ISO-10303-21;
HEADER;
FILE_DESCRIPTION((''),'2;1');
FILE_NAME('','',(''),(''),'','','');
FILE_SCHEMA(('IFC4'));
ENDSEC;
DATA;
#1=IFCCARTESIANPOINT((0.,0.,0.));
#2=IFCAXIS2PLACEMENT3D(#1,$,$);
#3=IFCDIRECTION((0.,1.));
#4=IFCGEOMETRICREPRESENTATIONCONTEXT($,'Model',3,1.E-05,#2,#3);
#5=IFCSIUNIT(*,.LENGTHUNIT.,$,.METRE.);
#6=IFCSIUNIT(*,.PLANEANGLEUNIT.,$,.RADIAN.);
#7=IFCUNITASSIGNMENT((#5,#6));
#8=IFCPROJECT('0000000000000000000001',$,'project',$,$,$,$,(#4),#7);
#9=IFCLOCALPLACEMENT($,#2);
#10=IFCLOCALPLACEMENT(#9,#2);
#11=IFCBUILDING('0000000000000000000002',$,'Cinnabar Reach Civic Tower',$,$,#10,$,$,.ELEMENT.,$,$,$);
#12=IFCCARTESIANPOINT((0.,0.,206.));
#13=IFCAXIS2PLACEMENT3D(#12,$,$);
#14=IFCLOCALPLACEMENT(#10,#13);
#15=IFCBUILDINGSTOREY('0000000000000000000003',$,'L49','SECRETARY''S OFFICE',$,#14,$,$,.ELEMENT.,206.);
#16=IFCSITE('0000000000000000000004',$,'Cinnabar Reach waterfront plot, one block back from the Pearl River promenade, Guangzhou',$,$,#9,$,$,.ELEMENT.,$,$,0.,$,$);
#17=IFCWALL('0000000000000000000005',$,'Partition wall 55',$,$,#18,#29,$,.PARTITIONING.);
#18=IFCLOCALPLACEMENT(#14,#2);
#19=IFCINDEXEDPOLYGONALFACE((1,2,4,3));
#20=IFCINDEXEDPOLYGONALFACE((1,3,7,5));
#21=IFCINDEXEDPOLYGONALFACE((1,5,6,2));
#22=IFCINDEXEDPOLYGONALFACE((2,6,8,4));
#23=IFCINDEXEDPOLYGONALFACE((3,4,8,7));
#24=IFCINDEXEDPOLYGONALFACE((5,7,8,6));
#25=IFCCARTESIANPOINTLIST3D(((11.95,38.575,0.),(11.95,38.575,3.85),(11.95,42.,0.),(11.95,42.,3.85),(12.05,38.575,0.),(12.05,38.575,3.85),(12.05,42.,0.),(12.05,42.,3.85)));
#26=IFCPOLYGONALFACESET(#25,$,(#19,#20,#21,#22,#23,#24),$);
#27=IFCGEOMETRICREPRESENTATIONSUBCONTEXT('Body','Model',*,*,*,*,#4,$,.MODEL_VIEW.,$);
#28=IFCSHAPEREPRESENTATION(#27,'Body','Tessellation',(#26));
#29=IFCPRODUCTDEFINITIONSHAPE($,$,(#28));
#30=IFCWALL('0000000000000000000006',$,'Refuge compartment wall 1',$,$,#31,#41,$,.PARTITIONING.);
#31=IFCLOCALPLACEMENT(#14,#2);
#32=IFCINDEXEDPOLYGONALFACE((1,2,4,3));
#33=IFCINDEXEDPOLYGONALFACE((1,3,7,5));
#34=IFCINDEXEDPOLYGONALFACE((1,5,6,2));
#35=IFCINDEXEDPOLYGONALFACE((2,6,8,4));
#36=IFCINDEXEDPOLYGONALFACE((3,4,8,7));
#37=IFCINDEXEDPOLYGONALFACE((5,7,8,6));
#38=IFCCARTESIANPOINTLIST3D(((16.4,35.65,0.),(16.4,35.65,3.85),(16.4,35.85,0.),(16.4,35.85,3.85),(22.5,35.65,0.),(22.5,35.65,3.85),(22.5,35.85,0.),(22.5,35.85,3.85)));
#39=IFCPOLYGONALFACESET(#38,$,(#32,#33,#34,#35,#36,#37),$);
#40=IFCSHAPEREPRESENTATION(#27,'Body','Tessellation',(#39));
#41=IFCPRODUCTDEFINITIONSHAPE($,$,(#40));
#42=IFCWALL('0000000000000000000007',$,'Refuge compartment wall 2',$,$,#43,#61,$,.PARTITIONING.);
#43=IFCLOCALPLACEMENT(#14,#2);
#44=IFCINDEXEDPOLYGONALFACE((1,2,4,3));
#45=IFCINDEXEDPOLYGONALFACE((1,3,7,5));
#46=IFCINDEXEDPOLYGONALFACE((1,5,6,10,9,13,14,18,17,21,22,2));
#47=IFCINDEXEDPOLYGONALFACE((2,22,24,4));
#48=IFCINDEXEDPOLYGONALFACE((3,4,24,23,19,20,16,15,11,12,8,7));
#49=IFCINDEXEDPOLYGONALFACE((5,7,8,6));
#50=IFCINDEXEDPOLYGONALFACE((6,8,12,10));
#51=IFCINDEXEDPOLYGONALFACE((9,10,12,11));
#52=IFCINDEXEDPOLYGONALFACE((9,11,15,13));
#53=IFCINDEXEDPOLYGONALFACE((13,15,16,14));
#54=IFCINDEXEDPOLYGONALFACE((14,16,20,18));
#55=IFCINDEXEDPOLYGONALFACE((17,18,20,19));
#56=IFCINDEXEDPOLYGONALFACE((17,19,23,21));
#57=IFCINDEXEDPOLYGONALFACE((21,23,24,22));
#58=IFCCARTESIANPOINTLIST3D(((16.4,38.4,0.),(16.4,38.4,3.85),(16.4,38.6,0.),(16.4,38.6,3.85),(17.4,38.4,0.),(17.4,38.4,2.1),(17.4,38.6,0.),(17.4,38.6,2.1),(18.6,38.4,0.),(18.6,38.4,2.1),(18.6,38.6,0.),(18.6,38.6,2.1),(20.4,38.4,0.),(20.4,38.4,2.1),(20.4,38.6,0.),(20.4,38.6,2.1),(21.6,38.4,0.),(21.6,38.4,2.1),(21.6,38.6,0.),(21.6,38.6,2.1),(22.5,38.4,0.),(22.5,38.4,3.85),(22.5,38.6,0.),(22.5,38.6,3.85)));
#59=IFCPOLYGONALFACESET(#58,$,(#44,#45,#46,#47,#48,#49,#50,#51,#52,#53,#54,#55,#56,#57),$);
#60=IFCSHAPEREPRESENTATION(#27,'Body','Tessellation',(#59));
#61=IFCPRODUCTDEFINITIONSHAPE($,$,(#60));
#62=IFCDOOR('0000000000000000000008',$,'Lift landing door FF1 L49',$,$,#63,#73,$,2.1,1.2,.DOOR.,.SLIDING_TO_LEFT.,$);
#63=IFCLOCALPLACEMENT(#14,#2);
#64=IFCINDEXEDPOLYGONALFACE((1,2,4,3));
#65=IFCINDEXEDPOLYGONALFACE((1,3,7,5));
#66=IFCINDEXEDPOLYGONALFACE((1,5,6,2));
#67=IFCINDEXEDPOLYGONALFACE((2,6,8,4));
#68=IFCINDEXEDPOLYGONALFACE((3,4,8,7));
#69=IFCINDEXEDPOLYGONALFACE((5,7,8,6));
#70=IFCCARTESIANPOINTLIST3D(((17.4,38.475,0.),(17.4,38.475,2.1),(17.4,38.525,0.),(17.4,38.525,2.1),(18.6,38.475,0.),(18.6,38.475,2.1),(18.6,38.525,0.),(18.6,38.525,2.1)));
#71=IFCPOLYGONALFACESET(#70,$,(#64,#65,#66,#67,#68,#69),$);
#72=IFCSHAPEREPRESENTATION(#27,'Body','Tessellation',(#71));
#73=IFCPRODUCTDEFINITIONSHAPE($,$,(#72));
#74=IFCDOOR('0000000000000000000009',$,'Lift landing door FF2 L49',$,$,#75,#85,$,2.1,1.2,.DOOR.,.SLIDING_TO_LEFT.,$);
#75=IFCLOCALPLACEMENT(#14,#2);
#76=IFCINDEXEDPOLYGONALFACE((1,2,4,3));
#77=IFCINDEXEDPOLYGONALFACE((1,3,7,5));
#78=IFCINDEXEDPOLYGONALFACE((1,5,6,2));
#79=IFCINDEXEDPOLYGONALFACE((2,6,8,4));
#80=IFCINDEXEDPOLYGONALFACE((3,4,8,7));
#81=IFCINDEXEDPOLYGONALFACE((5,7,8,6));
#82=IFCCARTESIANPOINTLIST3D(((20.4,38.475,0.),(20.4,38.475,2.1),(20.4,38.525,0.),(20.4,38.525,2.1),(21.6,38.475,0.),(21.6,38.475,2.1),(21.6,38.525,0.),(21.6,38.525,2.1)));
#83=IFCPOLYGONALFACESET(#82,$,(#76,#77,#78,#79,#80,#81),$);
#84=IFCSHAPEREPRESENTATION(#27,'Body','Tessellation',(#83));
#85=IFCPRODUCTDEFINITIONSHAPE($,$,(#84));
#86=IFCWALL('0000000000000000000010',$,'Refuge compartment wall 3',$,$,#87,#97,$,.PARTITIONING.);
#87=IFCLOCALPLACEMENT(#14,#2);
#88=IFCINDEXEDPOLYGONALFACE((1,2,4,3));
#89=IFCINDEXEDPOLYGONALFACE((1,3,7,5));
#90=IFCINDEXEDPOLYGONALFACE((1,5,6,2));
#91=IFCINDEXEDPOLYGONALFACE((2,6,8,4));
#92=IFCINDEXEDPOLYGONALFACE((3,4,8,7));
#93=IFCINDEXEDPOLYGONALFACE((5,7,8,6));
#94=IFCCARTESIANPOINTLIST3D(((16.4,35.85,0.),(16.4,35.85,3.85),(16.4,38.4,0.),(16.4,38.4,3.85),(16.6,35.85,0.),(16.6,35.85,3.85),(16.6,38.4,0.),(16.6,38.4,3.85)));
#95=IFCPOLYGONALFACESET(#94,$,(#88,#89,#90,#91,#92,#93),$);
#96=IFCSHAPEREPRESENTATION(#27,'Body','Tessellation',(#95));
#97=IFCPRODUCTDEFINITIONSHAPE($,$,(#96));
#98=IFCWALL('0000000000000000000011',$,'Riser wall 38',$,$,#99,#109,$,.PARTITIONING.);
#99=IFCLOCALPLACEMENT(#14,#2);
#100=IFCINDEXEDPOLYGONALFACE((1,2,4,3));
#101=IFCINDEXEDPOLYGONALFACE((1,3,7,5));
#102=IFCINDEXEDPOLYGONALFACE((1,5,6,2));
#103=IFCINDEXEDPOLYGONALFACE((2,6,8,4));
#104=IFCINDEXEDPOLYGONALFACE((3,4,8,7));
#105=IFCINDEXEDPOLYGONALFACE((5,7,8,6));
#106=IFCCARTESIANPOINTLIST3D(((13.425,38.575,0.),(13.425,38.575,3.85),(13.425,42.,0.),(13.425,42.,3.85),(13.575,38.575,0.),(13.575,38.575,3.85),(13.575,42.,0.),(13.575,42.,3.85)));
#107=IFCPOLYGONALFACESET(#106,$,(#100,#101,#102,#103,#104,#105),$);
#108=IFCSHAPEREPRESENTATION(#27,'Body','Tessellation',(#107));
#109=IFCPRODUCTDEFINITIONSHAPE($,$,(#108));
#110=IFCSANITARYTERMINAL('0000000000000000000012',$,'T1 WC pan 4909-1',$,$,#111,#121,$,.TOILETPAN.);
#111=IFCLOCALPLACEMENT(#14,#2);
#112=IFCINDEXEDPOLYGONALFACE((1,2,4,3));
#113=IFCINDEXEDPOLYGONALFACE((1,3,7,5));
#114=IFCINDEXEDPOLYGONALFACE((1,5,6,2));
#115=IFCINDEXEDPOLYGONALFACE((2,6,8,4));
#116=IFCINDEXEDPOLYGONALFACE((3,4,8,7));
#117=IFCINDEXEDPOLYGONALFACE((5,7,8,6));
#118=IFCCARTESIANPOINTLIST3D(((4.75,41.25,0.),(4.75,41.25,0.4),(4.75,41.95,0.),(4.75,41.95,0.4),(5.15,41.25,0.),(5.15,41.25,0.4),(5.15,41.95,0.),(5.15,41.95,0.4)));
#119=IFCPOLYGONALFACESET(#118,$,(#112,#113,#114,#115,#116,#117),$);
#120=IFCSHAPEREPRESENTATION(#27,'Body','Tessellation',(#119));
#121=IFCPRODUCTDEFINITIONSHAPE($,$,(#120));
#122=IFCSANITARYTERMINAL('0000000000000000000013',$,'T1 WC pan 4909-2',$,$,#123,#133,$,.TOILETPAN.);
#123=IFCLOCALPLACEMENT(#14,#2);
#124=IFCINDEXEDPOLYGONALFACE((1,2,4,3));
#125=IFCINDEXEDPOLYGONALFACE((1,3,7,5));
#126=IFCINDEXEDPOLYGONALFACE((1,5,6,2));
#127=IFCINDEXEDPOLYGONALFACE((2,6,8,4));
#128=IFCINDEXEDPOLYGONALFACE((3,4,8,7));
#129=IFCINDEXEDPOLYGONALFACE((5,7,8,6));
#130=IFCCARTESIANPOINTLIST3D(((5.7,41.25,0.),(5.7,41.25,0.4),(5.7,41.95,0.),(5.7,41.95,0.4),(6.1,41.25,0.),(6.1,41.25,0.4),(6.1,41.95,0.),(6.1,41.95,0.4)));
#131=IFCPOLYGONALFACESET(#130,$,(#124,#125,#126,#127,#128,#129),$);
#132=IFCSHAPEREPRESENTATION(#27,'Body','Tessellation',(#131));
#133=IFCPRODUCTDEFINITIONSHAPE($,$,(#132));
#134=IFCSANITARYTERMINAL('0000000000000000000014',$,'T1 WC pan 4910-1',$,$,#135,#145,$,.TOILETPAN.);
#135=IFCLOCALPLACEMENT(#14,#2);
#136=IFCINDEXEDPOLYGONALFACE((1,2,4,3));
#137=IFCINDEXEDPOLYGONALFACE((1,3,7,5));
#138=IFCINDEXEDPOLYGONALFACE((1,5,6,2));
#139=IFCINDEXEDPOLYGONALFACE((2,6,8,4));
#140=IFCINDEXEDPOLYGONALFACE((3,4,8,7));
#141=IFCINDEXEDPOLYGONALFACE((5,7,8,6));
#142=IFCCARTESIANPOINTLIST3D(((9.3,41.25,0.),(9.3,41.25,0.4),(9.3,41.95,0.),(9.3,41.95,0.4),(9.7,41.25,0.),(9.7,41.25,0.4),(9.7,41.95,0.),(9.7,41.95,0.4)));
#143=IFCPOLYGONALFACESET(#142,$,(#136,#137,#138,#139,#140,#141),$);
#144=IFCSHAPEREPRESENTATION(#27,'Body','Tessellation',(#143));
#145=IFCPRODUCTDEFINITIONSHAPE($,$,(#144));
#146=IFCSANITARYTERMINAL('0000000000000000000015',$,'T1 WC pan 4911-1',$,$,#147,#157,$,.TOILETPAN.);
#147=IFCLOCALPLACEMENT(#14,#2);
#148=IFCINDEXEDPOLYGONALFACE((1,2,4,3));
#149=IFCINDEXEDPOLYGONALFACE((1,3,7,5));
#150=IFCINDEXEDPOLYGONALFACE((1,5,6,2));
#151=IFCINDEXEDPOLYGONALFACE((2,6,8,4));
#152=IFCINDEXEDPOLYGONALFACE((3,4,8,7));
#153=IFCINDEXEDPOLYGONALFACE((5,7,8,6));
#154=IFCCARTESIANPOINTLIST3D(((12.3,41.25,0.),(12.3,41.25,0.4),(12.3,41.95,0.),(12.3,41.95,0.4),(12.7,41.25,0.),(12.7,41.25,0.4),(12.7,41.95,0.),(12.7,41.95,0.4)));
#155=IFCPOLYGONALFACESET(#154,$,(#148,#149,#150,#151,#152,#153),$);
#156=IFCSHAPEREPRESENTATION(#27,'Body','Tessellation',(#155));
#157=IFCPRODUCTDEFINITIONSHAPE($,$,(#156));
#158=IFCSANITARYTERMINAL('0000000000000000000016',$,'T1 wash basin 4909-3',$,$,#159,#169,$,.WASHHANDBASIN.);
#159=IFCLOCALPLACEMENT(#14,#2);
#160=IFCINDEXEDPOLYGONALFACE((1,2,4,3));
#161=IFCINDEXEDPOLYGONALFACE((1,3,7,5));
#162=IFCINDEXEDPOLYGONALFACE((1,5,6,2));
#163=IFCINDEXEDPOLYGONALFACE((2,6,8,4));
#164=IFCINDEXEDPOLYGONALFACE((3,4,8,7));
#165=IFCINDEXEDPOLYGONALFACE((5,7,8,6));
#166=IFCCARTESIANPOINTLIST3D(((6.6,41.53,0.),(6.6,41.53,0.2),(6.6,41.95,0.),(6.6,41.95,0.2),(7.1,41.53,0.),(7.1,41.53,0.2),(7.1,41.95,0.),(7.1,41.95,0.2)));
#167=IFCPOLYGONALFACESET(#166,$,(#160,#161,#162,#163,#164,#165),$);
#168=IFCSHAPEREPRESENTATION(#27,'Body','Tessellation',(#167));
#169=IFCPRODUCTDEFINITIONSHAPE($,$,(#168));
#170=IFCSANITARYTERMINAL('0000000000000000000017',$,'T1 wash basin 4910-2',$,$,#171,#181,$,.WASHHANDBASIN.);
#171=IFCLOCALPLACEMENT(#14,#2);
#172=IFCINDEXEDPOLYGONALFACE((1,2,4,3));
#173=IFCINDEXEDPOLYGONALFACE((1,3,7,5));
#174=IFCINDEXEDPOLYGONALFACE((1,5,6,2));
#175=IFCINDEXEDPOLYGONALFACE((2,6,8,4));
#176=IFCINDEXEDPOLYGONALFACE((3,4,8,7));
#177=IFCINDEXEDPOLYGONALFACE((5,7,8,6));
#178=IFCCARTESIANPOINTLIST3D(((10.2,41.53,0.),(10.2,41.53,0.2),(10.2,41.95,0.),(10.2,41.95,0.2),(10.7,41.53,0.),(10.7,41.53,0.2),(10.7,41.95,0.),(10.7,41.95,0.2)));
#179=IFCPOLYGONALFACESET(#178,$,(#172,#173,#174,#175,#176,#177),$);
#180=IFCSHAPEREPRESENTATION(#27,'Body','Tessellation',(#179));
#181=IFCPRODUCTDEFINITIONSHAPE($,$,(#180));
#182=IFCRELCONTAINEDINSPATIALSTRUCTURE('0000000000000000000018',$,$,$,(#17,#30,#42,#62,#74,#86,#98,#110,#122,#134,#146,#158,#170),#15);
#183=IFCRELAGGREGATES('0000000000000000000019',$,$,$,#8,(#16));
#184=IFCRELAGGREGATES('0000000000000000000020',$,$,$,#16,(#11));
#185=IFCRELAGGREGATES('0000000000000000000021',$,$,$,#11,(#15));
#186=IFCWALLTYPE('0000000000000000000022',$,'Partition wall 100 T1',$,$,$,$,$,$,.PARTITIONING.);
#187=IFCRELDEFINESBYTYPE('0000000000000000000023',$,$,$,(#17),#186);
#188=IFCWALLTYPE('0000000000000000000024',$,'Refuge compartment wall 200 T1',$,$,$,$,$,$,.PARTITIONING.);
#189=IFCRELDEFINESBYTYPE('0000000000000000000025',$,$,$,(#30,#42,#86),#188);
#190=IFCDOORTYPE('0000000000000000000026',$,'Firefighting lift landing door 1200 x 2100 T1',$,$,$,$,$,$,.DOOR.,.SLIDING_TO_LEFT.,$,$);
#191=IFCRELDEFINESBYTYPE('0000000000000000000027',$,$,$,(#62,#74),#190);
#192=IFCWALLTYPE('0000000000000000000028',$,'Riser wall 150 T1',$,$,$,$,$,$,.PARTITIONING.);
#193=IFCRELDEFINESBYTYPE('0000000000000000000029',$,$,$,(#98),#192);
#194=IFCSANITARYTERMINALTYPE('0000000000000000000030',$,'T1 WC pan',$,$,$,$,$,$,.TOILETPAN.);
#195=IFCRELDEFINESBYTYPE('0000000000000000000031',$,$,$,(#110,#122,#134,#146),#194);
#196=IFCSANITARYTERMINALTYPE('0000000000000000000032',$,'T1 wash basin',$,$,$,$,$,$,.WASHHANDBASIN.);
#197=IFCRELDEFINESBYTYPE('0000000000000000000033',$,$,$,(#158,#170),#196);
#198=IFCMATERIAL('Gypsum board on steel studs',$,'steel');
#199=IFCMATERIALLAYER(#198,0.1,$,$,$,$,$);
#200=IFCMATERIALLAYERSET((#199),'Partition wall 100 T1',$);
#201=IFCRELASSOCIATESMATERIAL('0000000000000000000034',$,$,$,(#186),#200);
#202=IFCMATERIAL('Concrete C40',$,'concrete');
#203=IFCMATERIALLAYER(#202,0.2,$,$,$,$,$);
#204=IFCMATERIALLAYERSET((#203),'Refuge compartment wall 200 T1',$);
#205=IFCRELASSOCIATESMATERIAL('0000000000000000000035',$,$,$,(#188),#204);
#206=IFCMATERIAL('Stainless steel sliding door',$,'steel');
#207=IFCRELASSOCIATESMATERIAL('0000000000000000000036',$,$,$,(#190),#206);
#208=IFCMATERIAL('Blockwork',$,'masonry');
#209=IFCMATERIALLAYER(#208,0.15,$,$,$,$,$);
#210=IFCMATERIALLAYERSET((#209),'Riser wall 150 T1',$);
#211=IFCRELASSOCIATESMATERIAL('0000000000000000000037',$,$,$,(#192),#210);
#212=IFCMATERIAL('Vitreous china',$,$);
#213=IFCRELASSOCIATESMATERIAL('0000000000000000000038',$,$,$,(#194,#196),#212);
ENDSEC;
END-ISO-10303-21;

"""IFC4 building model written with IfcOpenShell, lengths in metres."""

from ifc_helpers import new_model, si_unit, direction, frame, frame_2d, origin, origin_2d, place, context, subcontext, project, spatial, rectangle, extrude, material, layer, layer_set, type_object, element, fill, save


model = new_model("IFC4")

# Units and contexts
model_context = context("Model", 3, precision=1e-05, world=origin(), true_north=direction((0.0, 1.0)))
body_context = subcontext(model_context, "Body", "Model", "MODEL_VIEW")
ifc_project = project(units=[si_unit("LENGTHUNIT", "METRE"), si_unit("PLANEANGLEUNIT", "RADIAN")], contexts=[model_context])

# Site, building, storey
site_placement = place(None, origin())
site = spatial("IfcSite", under=ifc_project, at=site_placement, Name="Cinnabar Reach waterfront plot, one block back from the Pearl River promenade, Guangzhou", CompositionType="ELEMENT", RefElevation=0.0)
building_placement = place(site_placement, origin())
building = spatial("IfcBuilding", under=site, at=building_placement, Name="Cinnabar Reach Civic Tower", CompositionType="ELEMENT")
storey_placement = place(building_placement, frame((0.0, 0.0, 206.0)))
storey = spatial("IfcBuildingStorey", under=building, at=storey_placement, Name="L49", Description="SECRETARY'S OFFICE", CompositionType="ELEMENT", Elevation=206.0)

# Shared definitions
ifc_material_1 = material(Name="Blockwork", Category="masonry")
ifc_material_2 = material(Name="Stainless steel sliding door", Category="steel")

# Walls
ifc_material_3 = material(Name="Gypsum board on steel studs", Category="steel")
ifc_layer_1 = layer(ifc_material_3, 0.1)
ifc_layer_set_1 = layer_set([ifc_layer_1], Name="Partition wall 100 T1")
wall_type_1 = type_object("IfcWallType", Name="Partition wall 100 T1", PredefinedType="PARTITIONING", material=ifc_layer_set_1)
for number, where, z_axis, x_axis, name in (
    (1, (12.0, 38.575, 0.0), (0.0, 0.0, 1.0), (0.0, 1.0, 0.0), "Partition wall 55"),
):
    element("IfcWall", number, at=place(storey_placement, frame(where, z_axis=z_axis, x_axis=x_axis)), inside=storey, type_object=wall_type_1, Name=name, PredefinedType="PARTITIONING", context=body_context, shape_type="SweptSolid", body=[
        extrude(rectangle(XDim=3.425, YDim=0.1, at=frame_2d((1.7125, 0.0))), origin(), (0.0, 0.0, 1.0), 3.85),
    ])
ifc_material_4 = material(Name="Concrete C40", Category="concrete")
ifc_layer_2 = layer(ifc_material_4, 0.2)
ifc_layer_set_2 = layer_set([ifc_layer_2], Name="Refuge compartment wall 200 T1")
wall_type_2 = type_object("IfcWallType", Name="Refuge compartment wall 200 T1", PredefinedType="PARTITIONING", material=ifc_layer_set_2)
wall_1_placement = place(storey_placement, frame((16.4, 35.75, 0.0), z_axis=(0.0, 0.0, 1.0), x_axis=(1.0, 0.0, 0.0)))
element("IfcWall", 2, at=wall_1_placement, inside=storey, type_object=wall_type_2, Name="Refuge compartment wall 1", PredefinedType="PARTITIONING", context=body_context, shape_type="SweptSolid", body=[
    extrude(rectangle(XDim=6.1, YDim=0.2, at=frame_2d((3.05, 0.0))), origin(), (0.0, 0.0, 1.0), 3.85),
])

# Wall, openings, doors
wall_2_placement = place(storey_placement, frame((16.4, 38.5, 0.0), z_axis=(0.0, 0.0, 1.0), x_axis=(1.0, 0.0, 0.0)))
wall_2 = element("IfcWall", 3, at=wall_2_placement, inside=storey, type_object=wall_type_2, Name="Refuge compartment wall 2", PredefinedType="PARTITIONING", context=body_context, shape_type="SweptSolid", body=[
    extrude(rectangle(XDim=6.1, YDim=0.2, at=frame_2d((3.05, 0.0))), origin(), (0.0, 0.0, 1.0), 3.85),
])
opening_1_placement = place(wall_2_placement, frame((1.0, 0.0, 0.0)))
opening_1 = element("IfcOpeningElement", 4, at=opening_1_placement, cuts=wall_2, PredefinedType="OPENING", context=body_context, shape_type="SweptSolid", body=[
    extrude(rectangle(XDim=1.2, YDim=2.1, at=frame_2d((0.6, 1.05))), frame((0.0, 0.11, 0.0), z_axis=(0.0, -1.0, 0.0), x_axis=(1.0, 0.0, 0.0)), (0.0, 0.0, 1.0), 0.22),
])
opening_2_placement = place(wall_2_placement, frame((4.0, 0.0, 0.0)))
opening_2 = element("IfcOpeningElement", 5, at=opening_2_placement, cuts=wall_2, PredefinedType="OPENING", context=body_context, shape_type="SweptSolid", body=[
    extrude(rectangle(XDim=1.2, YDim=2.1, at=frame_2d((0.6, 1.05))), frame((0.0, 0.11, 0.0), z_axis=(0.0, -1.0, 0.0), x_axis=(1.0, 0.0, 0.0)), (0.0, 0.0, 1.0), 0.22),
])
door_type_1 = type_object("IfcDoorType", Name="Firefighting lift landing door 1200 x 2100 T1", OperationType="SLIDING_TO_LEFT", PredefinedType="DOOR", material=ifc_material_2)
door_1_placement = place(opening_1_placement, origin())
door_1 = element("IfcDoor", 6, at=door_1_placement, inside=storey, type_object=door_type_1, Name="Lift landing door FF1 L49", OperationType="SLIDING_TO_LEFT", OverallHeight=2.1, OverallWidth=1.2, PredefinedType="DOOR", context=body_context, shape_type="SweptSolid", body=[
    extrude(rectangle(XDim=1.2, YDim=2.1, at=frame_2d((0.6, 1.05))), frame((0.0, 0.025, 0.0), z_axis=(0.0, -1.0, 0.0), x_axis=(1.0, 0.0, 0.0)), (0.0, 0.0, 1.0), 0.05),
])
fill(opening_1, door_1)
door_2_placement = place(opening_2_placement, origin())
door_2 = element("IfcDoor", 7, at=door_2_placement, inside=storey, type_object=door_type_1, Name="Lift landing door FF2 L49", OperationType="SLIDING_TO_LEFT", OverallHeight=2.1, OverallWidth=1.2, PredefinedType="DOOR", context=body_context, shape_type="SweptSolid", body=[
    extrude(rectangle(XDim=1.2, YDim=2.1, at=frame_2d((0.6, 1.05))), frame((0.0, 0.025, 0.0), z_axis=(0.0, -1.0, 0.0), x_axis=(1.0, 0.0, 0.0)), (0.0, 0.0, 1.0), 0.05),
])
fill(opening_2, door_2)

# Walls
wall_3_placement = place(storey_placement, frame((16.5, 35.85, 0.0), z_axis=(0.0, 0.0, 1.0), x_axis=(0.0, 1.0, 0.0)))
element("IfcWall", 8, at=wall_3_placement, inside=storey, type_object=wall_type_2, Name="Refuge compartment wall 3", PredefinedType="PARTITIONING", context=body_context, shape_type="SweptSolid", body=[
    extrude(rectangle(XDim=2.55, YDim=0.2, at=frame_2d((1.275, 0.0))), origin(), (0.0, 0.0, 1.0), 3.85),
])
ifc_layer_3 = layer(ifc_material_1, 0.15)
ifc_layer_set_3 = layer_set([ifc_layer_3], Name="Riser wall 150 T1")
wall_type_3 = type_object("IfcWallType", Name="Riser wall 150 T1", PredefinedType="PARTITIONING", material=ifc_layer_set_3)
wall_4_placement = place(storey_placement, frame((13.5, 38.575, 0.0), z_axis=(0.0, 0.0, 1.0), x_axis=(0.0, 1.0, 0.0)))
element("IfcWall", 9, at=wall_4_placement, inside=storey, type_object=wall_type_3, Name="Riser wall 38", PredefinedType="PARTITIONING", context=body_context, shape_type="SweptSolid", body=[
    extrude(rectangle(XDim=3.425, YDim=0.15, at=frame_2d((1.7125, 0.0))), origin(), (0.0, 0.0, 1.0), 3.85),
])

# Sanitary terminals
ifc_material_5 = material(Name="Vitreous china")
sanitary_terminal_type_1 = type_object("IfcSanitaryTerminalType", Name="T1 WC pan", PredefinedType="TOILETPAN", material=ifc_material_5)
for number, where, z_axis, x_axis, name in (
    (10, (4.95, 41.6, 0.0), (0.0, 0.0, 1.0), (1.0, 0.0, 0.0), "T1 WC pan 4909-1"),
    (11, (5.9, 41.6, 0.0), (0.0, 0.0, 1.0), (1.0, 0.0, 0.0), "T1 WC pan 4909-2"),
    (12, (9.5, 41.6, 0.0), (0.0, 0.0, 1.0), (1.0, 0.0, 0.0), "T1 WC pan 4910-1"),
    (13, (12.5, 41.6, 0.0), (0.0, 0.0, 1.0), (1.0, 0.0, 0.0), "T1 WC pan 4911-1"),
):
    element("IfcSanitaryTerminal", number, at=place(storey_placement, frame(where, z_axis=z_axis, x_axis=x_axis)), inside=storey, type_object=sanitary_terminal_type_1, Name=name, PredefinedType="TOILETPAN", context=body_context, shape_type="SweptSolid", body=[
        extrude(rectangle(XDim=0.4, YDim=0.7, at=origin_2d()), origin(), (0.0, 0.0, 1.0), 0.4),
    ])
sanitary_terminal_type_2 = type_object("IfcSanitaryTerminalType", Name="T1 wash basin", PredefinedType="WASHHANDBASIN", material=ifc_material_5)
for number, where, z_axis, x_axis, name in (
    (14, (6.85, 41.74, 0.0), (0.0, 0.0, 1.0), (1.0, 0.0, 0.0), "T1 wash basin 4909-3"),
    (15, (10.45, 41.74, 0.0), (0.0, 0.0, 1.0), (1.0, 0.0, 0.0), "T1 wash basin 4910-2"),
):
    element("IfcSanitaryTerminal", number, at=place(storey_placement, frame(where, z_axis=z_axis, x_axis=x_axis)), inside=storey, type_object=sanitary_terminal_type_2, Name=name, PredefinedType="WASHHANDBASIN", context=body_context, shape_type="SweptSolid", body=[
        extrude(rectangle(XDim=0.5, YDim=0.42, at=origin_2d()), origin(), (0.0, 0.0, 1.0), 0.2),
    ])

save(model, "model.ifc")
